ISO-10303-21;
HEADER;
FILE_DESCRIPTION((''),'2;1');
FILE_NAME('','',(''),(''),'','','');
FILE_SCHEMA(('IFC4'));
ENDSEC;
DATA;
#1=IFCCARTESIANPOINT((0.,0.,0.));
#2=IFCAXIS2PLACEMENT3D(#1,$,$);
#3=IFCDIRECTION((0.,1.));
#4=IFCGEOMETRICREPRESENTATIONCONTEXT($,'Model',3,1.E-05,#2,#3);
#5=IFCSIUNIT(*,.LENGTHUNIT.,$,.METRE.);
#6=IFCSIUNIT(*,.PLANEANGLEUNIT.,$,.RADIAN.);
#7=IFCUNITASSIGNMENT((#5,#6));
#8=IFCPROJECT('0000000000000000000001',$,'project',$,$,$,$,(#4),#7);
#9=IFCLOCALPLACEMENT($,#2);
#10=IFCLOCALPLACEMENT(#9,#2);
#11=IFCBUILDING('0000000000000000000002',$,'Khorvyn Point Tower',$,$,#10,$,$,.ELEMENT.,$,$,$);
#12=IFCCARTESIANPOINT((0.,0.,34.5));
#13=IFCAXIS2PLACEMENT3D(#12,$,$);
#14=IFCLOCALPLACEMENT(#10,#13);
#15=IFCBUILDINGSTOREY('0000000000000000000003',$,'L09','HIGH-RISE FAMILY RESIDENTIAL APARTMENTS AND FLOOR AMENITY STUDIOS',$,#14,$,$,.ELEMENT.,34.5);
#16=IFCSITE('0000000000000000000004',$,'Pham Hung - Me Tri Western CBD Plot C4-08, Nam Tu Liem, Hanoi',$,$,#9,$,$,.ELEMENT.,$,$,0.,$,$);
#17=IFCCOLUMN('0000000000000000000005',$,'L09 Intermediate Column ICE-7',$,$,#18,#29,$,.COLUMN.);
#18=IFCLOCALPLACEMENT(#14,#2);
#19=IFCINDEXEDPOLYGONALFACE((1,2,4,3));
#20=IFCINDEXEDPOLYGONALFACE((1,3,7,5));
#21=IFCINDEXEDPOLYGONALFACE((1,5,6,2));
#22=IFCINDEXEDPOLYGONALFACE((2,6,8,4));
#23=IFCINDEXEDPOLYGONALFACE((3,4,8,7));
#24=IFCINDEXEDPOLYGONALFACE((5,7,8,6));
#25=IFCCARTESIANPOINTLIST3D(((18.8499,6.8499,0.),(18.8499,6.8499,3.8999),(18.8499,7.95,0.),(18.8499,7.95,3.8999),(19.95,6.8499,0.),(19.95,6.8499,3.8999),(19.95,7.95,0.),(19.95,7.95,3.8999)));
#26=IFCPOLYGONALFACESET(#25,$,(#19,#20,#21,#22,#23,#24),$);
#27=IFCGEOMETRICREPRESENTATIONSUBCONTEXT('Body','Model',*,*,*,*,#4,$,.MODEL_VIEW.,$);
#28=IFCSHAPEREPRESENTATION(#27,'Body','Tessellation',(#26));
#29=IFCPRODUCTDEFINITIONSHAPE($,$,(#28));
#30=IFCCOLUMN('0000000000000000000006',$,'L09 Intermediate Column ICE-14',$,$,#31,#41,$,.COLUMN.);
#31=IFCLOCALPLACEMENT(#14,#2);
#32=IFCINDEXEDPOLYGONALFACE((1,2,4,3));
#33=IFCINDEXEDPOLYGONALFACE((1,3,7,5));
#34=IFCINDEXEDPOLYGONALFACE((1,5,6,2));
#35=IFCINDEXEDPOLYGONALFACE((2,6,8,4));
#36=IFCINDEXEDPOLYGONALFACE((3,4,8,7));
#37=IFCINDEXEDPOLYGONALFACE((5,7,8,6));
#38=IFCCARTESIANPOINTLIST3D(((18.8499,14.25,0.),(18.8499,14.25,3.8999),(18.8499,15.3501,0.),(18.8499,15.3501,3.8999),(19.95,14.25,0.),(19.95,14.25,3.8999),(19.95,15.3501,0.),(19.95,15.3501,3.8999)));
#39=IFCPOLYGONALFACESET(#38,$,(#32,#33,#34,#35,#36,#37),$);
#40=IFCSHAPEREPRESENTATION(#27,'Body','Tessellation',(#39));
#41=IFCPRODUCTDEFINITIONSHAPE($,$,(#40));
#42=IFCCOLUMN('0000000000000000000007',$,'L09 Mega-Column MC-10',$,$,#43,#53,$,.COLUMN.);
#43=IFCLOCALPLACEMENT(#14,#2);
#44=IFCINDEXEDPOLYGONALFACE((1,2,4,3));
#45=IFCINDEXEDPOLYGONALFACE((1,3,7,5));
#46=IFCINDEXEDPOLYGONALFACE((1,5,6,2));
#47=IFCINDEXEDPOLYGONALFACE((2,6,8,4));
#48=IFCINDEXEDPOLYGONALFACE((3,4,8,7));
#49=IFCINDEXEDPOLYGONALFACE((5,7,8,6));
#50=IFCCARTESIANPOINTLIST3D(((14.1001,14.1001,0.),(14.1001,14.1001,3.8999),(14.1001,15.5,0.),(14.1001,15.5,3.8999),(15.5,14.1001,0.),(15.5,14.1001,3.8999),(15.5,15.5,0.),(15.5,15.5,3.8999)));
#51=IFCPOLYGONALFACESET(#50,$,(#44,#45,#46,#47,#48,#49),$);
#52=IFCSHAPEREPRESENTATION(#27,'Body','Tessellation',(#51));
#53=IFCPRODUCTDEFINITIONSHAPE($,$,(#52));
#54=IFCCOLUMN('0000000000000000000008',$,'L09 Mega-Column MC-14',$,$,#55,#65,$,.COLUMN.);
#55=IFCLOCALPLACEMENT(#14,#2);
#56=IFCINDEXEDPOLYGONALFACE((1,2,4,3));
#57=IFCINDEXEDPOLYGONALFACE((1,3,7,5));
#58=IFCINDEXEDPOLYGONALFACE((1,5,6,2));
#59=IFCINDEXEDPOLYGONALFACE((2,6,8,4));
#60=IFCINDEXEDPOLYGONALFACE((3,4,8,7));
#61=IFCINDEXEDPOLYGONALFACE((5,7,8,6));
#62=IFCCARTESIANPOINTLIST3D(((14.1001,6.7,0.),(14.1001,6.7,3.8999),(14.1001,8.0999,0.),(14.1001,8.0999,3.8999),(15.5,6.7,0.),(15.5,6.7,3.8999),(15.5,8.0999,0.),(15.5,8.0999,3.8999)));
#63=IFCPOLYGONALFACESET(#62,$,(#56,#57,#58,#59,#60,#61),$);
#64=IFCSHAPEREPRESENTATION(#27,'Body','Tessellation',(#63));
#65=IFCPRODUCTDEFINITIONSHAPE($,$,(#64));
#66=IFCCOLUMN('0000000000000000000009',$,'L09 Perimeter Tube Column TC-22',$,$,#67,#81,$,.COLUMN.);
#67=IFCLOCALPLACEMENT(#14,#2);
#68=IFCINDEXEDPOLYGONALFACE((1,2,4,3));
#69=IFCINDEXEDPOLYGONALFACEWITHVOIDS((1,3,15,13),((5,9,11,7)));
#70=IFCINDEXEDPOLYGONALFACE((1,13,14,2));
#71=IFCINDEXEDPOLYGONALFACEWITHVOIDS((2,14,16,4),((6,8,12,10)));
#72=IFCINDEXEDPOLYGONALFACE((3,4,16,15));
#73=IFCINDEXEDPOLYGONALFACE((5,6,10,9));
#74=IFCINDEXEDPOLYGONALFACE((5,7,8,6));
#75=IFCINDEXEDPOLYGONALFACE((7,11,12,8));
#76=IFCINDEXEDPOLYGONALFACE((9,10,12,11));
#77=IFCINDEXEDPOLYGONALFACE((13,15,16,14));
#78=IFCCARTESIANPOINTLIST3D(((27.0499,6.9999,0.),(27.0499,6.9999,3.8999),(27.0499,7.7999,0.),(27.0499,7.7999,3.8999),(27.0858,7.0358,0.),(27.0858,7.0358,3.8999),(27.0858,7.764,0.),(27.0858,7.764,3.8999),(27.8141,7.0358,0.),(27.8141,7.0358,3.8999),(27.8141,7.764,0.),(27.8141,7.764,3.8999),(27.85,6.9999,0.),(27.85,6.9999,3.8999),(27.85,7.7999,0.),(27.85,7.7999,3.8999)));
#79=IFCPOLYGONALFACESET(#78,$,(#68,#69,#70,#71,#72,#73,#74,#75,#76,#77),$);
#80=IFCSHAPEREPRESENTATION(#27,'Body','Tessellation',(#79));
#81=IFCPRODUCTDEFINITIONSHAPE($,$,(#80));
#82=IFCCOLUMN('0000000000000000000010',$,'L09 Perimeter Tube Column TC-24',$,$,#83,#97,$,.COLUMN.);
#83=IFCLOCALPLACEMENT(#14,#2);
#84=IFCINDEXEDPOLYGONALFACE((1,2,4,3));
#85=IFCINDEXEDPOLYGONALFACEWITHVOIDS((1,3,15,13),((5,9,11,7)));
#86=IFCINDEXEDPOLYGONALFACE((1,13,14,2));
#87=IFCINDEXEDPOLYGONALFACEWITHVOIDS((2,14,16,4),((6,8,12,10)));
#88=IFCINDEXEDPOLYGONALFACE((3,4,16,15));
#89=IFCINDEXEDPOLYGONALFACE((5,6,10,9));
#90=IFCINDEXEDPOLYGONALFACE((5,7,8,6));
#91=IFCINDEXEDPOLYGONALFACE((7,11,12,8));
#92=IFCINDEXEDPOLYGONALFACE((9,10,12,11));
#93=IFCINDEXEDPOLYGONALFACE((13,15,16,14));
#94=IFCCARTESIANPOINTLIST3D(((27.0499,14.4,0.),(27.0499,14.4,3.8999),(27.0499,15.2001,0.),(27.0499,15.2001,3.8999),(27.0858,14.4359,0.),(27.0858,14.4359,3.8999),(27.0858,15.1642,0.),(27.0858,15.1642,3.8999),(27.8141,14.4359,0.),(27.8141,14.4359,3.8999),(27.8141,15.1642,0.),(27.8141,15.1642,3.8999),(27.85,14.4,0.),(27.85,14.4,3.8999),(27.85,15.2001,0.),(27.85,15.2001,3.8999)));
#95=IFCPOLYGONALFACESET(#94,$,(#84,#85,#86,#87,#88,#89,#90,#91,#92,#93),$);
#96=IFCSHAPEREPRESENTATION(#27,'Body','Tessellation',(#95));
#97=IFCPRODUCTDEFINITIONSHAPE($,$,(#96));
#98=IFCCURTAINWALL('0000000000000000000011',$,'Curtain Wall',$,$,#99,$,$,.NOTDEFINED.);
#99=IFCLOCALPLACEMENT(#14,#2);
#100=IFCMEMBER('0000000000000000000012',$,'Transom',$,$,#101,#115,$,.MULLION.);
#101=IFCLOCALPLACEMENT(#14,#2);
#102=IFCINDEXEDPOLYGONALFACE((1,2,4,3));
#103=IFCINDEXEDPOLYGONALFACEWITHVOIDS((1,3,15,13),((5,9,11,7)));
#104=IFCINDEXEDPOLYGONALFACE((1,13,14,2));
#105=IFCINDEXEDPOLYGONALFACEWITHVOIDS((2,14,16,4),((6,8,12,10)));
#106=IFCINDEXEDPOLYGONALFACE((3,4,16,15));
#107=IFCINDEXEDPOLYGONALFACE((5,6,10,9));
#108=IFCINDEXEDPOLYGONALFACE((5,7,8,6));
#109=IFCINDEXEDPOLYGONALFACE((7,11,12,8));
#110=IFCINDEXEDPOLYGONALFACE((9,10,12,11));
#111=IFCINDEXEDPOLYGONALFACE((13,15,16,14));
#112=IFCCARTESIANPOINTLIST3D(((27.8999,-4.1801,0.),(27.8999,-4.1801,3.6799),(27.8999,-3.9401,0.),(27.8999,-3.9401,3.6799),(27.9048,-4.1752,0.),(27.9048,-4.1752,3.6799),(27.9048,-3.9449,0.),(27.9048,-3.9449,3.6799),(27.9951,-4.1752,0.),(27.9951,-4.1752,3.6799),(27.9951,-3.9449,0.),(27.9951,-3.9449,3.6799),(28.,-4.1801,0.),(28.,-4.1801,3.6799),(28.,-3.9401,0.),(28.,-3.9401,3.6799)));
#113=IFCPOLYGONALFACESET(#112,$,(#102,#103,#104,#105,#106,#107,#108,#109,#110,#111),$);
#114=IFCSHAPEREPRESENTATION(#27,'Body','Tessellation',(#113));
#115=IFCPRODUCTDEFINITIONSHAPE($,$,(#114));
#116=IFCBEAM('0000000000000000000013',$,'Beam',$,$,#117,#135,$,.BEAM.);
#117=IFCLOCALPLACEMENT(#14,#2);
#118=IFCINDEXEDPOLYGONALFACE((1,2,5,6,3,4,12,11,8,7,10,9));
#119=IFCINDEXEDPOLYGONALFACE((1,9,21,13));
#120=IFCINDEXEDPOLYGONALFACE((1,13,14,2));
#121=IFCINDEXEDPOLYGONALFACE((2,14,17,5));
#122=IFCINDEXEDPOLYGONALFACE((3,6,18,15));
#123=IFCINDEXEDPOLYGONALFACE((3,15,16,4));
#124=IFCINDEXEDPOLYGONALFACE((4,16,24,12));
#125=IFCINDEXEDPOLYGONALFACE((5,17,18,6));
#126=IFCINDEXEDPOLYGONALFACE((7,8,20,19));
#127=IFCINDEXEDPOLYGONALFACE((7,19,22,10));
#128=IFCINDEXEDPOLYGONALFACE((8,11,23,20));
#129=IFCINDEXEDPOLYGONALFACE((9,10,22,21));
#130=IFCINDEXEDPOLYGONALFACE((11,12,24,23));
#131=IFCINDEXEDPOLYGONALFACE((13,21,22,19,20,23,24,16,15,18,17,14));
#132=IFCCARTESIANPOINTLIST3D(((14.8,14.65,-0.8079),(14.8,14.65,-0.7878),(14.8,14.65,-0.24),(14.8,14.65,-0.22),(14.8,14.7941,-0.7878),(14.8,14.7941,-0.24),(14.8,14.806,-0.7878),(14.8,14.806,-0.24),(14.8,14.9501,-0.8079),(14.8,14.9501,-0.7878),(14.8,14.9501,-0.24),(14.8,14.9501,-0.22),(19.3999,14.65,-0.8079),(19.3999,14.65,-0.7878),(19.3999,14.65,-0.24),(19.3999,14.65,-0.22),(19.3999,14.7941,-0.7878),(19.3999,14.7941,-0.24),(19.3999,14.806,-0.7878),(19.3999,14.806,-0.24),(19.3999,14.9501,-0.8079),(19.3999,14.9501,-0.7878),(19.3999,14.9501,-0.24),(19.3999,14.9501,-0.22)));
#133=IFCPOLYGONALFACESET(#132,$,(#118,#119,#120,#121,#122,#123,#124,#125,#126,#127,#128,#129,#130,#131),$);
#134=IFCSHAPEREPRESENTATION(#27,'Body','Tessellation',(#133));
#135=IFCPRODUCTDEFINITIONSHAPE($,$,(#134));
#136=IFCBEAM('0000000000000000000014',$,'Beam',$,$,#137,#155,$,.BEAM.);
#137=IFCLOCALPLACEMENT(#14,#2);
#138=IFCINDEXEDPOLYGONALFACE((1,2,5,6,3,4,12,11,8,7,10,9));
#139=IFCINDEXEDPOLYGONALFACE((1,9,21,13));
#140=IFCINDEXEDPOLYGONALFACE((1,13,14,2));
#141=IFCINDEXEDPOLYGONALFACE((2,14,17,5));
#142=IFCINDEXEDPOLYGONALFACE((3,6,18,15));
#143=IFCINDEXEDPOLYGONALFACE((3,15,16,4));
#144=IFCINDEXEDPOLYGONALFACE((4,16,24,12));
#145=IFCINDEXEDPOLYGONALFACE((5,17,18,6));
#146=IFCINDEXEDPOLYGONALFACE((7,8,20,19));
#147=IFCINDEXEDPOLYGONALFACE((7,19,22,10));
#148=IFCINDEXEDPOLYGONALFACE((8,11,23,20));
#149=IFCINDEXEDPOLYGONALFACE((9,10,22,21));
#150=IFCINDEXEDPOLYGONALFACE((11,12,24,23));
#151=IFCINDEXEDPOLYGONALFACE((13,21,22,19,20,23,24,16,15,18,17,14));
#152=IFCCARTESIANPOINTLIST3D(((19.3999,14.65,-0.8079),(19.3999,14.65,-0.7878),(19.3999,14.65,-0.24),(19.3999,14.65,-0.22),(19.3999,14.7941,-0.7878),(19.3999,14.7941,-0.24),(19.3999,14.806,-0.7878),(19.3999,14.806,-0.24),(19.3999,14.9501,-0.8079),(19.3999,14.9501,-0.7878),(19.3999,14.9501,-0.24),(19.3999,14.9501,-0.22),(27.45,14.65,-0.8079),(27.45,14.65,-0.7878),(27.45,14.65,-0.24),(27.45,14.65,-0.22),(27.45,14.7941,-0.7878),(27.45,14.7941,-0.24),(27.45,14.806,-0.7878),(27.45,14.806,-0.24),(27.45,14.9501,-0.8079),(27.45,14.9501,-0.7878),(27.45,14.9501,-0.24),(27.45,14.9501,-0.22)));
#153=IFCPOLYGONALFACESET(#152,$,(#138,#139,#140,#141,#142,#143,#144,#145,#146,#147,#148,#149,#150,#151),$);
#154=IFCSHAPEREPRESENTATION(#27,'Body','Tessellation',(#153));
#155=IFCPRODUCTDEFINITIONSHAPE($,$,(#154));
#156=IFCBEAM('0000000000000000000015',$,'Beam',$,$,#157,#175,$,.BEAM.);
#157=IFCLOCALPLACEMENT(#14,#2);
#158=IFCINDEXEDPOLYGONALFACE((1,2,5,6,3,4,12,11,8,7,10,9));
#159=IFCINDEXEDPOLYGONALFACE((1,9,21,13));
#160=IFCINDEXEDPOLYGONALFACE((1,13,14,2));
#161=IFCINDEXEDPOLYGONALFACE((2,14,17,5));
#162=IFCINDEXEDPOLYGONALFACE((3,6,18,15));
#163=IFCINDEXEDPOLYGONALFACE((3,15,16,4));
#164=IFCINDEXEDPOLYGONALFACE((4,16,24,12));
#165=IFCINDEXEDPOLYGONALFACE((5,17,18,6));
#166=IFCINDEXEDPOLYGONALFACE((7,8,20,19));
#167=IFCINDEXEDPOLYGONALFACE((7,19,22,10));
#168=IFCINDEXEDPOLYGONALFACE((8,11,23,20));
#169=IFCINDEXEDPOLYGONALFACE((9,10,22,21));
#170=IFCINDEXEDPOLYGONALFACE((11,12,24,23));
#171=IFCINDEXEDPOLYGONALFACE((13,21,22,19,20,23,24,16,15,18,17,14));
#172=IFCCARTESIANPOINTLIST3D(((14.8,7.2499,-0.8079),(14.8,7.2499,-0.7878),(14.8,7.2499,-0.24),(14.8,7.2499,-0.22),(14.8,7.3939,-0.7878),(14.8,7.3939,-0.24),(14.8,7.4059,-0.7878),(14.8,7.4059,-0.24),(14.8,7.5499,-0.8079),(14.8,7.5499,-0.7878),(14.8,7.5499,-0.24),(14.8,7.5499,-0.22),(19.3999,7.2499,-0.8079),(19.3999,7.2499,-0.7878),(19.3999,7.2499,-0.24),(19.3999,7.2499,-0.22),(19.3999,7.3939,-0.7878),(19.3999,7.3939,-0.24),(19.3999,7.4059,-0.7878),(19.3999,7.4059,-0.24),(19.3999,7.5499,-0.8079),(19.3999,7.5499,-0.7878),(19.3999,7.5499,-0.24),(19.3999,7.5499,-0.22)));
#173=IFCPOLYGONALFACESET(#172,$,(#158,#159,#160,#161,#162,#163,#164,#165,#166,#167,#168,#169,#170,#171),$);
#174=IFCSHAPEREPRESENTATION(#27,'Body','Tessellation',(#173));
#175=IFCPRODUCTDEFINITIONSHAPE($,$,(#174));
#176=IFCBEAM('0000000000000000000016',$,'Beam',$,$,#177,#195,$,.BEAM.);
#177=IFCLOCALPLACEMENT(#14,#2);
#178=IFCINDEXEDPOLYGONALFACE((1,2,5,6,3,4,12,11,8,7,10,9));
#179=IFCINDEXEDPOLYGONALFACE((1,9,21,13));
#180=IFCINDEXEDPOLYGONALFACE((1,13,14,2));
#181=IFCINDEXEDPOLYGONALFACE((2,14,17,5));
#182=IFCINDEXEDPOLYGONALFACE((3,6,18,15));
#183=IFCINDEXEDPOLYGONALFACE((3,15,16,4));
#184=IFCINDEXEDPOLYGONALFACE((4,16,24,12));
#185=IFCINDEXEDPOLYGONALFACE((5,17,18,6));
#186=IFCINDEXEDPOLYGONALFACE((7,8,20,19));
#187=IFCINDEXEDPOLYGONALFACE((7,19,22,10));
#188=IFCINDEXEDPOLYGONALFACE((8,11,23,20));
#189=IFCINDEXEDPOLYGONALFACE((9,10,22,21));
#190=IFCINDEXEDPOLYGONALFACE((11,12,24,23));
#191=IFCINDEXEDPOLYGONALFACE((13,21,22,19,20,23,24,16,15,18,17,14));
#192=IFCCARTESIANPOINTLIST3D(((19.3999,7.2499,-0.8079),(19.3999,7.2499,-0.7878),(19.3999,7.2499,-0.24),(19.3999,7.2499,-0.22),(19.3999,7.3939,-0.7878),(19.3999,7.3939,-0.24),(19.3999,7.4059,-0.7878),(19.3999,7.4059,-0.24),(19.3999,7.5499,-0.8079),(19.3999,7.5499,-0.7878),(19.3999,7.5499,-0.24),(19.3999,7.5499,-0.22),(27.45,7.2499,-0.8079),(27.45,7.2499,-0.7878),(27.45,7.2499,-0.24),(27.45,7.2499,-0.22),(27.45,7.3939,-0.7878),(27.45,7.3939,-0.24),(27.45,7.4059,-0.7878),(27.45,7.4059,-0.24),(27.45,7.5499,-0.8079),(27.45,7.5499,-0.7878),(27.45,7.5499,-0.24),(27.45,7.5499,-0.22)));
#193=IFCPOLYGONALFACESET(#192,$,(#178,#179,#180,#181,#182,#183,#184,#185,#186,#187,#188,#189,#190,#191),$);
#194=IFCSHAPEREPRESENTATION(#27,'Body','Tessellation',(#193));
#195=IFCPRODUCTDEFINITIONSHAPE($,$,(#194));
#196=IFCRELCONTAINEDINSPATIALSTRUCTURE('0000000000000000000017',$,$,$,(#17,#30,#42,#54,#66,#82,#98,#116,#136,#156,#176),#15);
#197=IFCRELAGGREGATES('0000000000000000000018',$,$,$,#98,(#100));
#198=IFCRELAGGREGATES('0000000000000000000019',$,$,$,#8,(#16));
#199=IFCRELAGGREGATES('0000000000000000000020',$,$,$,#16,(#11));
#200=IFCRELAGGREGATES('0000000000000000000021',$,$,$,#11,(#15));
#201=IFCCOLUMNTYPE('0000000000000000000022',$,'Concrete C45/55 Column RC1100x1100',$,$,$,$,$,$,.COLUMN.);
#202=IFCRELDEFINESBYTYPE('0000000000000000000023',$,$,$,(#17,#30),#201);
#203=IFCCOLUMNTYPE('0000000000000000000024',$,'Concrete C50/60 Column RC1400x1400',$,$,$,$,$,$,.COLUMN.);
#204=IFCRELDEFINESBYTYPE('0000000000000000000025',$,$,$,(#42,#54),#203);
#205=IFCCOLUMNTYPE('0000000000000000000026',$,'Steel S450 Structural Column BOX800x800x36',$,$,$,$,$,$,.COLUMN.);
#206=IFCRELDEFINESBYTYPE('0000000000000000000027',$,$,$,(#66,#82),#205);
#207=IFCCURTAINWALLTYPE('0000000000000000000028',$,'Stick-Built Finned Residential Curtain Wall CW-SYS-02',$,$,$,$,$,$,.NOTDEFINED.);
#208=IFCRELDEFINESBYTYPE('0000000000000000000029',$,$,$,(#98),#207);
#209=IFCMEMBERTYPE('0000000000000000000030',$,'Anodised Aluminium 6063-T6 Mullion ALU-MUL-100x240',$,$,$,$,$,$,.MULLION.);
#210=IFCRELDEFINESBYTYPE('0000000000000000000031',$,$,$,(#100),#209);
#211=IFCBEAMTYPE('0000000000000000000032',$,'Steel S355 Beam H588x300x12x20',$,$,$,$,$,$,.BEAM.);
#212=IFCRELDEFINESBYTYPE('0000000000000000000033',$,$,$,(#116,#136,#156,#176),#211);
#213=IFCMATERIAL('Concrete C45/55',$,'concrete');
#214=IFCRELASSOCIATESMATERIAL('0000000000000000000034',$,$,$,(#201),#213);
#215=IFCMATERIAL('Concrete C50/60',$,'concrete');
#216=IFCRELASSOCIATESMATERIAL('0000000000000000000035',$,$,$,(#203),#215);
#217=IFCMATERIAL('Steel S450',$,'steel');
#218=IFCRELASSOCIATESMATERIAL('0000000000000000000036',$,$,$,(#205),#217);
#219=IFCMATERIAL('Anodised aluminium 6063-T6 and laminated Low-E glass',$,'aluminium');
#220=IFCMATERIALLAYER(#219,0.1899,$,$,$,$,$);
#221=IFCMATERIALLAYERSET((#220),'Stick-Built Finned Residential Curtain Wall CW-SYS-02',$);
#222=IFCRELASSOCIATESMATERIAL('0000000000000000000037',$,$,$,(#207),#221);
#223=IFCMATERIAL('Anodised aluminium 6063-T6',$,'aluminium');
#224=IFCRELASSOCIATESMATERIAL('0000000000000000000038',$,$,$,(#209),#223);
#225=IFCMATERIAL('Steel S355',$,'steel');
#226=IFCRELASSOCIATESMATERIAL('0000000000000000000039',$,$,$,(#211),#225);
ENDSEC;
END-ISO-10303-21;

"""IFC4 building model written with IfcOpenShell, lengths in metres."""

from ifc_helpers import new_model, si_unit, direction, frame, origin, origin_2d, place, context, subcontext, project, spatial, rectangle, hollow_rectangle, i_section, extrude, material, layer, layer_set, material_profile, profile_set, type_object, element, aggregate, save


model = new_model("IFC4")

# Units and contexts
model_context = context("Model", 3, precision=1e-05, world=origin(), true_north=direction((0.0, 1.0)))
body_context = subcontext(model_context, "Body", "Model", "MODEL_VIEW")
ifc_project = project(units=[si_unit("LENGTHUNIT", "METRE"), si_unit("PLANEANGLEUNIT", "RADIAN")], contexts=[model_context])

# Site, building, storey
site_placement = place(None, origin())
site = spatial("IfcSite", under=ifc_project, at=site_placement, Name="Pham Hung - Me Tri Western CBD Plot C4-08, Nam Tu Liem, Hanoi", CompositionType="ELEMENT", RefElevation=0.0)
building_placement = place(site_placement, origin())
building = spatial("IfcBuilding", under=site, at=building_placement, Name="Khorvyn Point Tower", CompositionType="ELEMENT")
storey_placement = place(building_placement, frame((0.0, 0.0, 34.5)))
storey = spatial("IfcBuildingStorey", under=building, at=storey_placement, Name="L09", Description="HIGH-RISE FAMILY RESIDENTIAL APARTMENTS AND FLOOR AMENITY STUDIOS", CompositionType="ELEMENT", Elevation=34.5)

# Columns
ifc_material_1 = material(Name="Concrete C45/55", Category="concrete")
ifc_material_profile_1 = material_profile(ifc_material_1, rectangle(XDim=1.1001, YDim=1.1001, at=origin_2d()))
ifc_profile_set_1 = profile_set([ifc_material_profile_1], Name="Concrete C45/55 RC1100x1100")
column_type_1 = type_object("IfcColumnType", Name="Concrete C45/55 Column RC1100x1100", PredefinedType="COLUMN", material=ifc_profile_set_1)
for number, where, z_axis, x_axis, name in (
    (1, (19.3999, 7.3999, 0.0), (0.0, 0.0, 1.0), (1.0, 0.0, 0.0), "L09 Intermediate Column ICE-7"),
    (2, (19.3999, 14.8, 0.0), (0.0, 0.0, 1.0), (1.0, 0.0, 0.0), "L09 Intermediate Column ICE-14"),
):
    element("IfcColumn", number, at=place(storey_placement, frame(where, z_axis=z_axis, x_axis=x_axis)), inside=storey, type_object=column_type_1, Name=name, PredefinedType="COLUMN", context=body_context, shape_type="SweptSolid", body=[
        extrude(rectangle(XDim=1.1001, YDim=1.1001, at=origin_2d()), origin(), (0.0, 0.0, 1.0), 3.8999),
    ])
ifc_material_2 = material(Name="Concrete C50/60", Category="concrete")
ifc_material_profile_2 = material_profile(ifc_material_2, rectangle(XDim=1.3999, YDim=1.3999, at=origin_2d()))
ifc_profile_set_2 = profile_set([ifc_material_profile_2], Name="Concrete C50/60 RC1400x1400")
column_type_2 = type_object("IfcColumnType", Name="Concrete C50/60 Column RC1400x1400", PredefinedType="COLUMN", material=ifc_profile_set_2)
for number, where, z_axis, x_axis, name in (
    (3, (14.8, 14.8, 0.0), (0.0, 0.0, 1.0), (1.0, 0.0, 0.0), "L09 Mega-Column MC-10"),
    (4, (14.8, 7.3999, 0.0), (0.0, 0.0, 1.0), (1.0, 0.0, 0.0), "L09 Mega-Column MC-14"),
):
    element("IfcColumn", number, at=place(storey_placement, frame(where, z_axis=z_axis, x_axis=x_axis)), inside=storey, type_object=column_type_2, Name=name, PredefinedType="COLUMN", context=body_context, shape_type="SweptSolid", body=[
        extrude(rectangle(XDim=1.3999, YDim=1.3999, at=origin_2d()), origin(), (0.0, 0.0, 1.0), 3.8999),
    ])
ifc_material_3 = material(Name="Steel S450", Category="steel")
ifc_material_profile_3 = material_profile(ifc_material_3, hollow_rectangle(XDim=0.8, YDim=0.8, WallThickness=0.0359, at=origin_2d()))
ifc_profile_set_3 = profile_set([ifc_material_profile_3], Name="Steel S450 BOX800x800x36")
column_type_3 = type_object("IfcColumnType", Name="Steel S450 Structural Column BOX800x800x36", PredefinedType="COLUMN", material=ifc_profile_set_3)
for number, where, z_axis, x_axis, name in (
    (5, (27.45, 7.3999, 0.0), (0.0, 0.0, 1.0), (1.0, 0.0, 0.0), "L09 Perimeter Tube Column TC-22"),
    (6, (27.45, 14.8, 0.0), (0.0, 0.0, 1.0), (1.0, 0.0, 0.0), "L09 Perimeter Tube Column TC-24"),
):
    element("IfcColumn", number, at=place(storey_placement, frame(where, z_axis=z_axis, x_axis=x_axis)), inside=storey, type_object=column_type_3, Name=name, PredefinedType="COLUMN", context=body_context, shape_type="SweptSolid", body=[
        extrude(hollow_rectangle(XDim=0.8, YDim=0.8, WallThickness=0.0359, at=origin_2d()), origin(), (0.0, 0.0, 1.0), 3.8999),
    ])

# Curtain wall, member
ifc_material_4 = material(Name="Anodised aluminium 6063-T6 and laminated Low-E glass", Category="aluminium")
ifc_layer_1 = layer(ifc_material_4, 0.1899)
ifc_layer_set_1 = layer_set([ifc_layer_1], Name="Stick-Built Finned Residential Curtain Wall CW-SYS-02")
curtain_wall_type = type_object("IfcCurtainWallType", Name="Stick-Built Finned Residential Curtain Wall CW-SYS-02", PredefinedType="NOTDEFINED", material=ifc_layer_set_1)
curtain_wall_placement = place(storey_placement, origin())
curtain_wall = element("IfcCurtainWall", 7, at=curtain_wall_placement, inside=storey, type_object=curtain_wall_type, Name="Curtain Wall", PredefinedType="NOTDEFINED")
ifc_material_5 = material(Name="Anodised aluminium 6063-T6", Category="aluminium")
ifc_material_profile_4 = material_profile(ifc_material_5, hollow_rectangle(XDim=0.1001, YDim=0.24, WallThickness=0.0049, at=origin_2d()))
ifc_profile_set_4 = profile_set([ifc_material_profile_4], Name="Anodised aluminium 6063-T6 ALU-MUL-100x240")
member_type = type_object("IfcMemberType", Name="Anodised Aluminium 6063-T6 Mullion ALU-MUL-100x240", PredefinedType="MULLION", material=ifc_profile_set_4)
member_placement = place(storey_placement, frame((27.95, -4.0601, 0.0), z_axis=(0.0, 0.0, 1.0), x_axis=(1.0, 0.0, 0.0)))
member = element("IfcMember", 8, at=member_placement, type_object=member_type, Name="Transom", PredefinedType="MULLION", context=body_context, shape_type="SweptSolid", body=[
    extrude(hollow_rectangle(XDim=0.1001, YDim=0.24, WallThickness=0.0049, at=origin_2d()), origin(), (0.0, 0.0, 1.0), 3.6799),
])

# Beams
ifc_material_6 = material(Name="Steel S355", Category="steel")
ifc_material_profile_5 = material_profile(ifc_material_6, i_section(OverallWidth=0.3, OverallDepth=0.5879, WebThickness=0.012, FlangeThickness=0.02, at=origin_2d()))
ifc_profile_set_5 = profile_set([ifc_material_profile_5], Name="Steel S355 H588x300x12x20")
beam_type_1 = type_object("IfcBeamType", Name="Steel S355 Beam H588x300x12x20", PredefinedType="BEAM", material=ifc_profile_set_5)
beam_1_placement = place(storey_placement, frame((14.8, 14.8, -0.5139), z_axis=(1.0, 0.0, 0.0), x_axis=(0.0, 1.0, 0.0)))
element("IfcBeam", 9, at=beam_1_placement, inside=storey, type_object=beam_type_1, Name="Beam", PredefinedType="BEAM", context=body_context, shape_type="SweptSolid", body=[
    extrude(i_section(OverallWidth=0.3, OverallDepth=0.5879, WebThickness=0.012, FlangeThickness=0.02, at=origin_2d()), origin(), (0.0, 0.0, 1.0), 4.5999),
])
beam_2_placement = place(storey_placement, frame((19.3999, 14.8, -0.5139), z_axis=(1.0, 0.0, 0.0), x_axis=(0.0, 1.0, 0.0)))
element("IfcBeam", 10, at=beam_2_placement, inside=storey, type_object=beam_type_1, Name="Beam", PredefinedType="BEAM", context=body_context, shape_type="SweptSolid", body=[
    extrude(i_section(OverallWidth=0.3, OverallDepth=0.5879, WebThickness=0.012, FlangeThickness=0.02, at=origin_2d()), origin(), (0.0, 0.0, 1.0), 8.05),
])
beam_3_placement = place(storey_placement, frame((14.8, 7.3999, -0.5139), z_axis=(1.0, 0.0, 0.0), x_axis=(0.0, 1.0, 0.0)))
element("IfcBeam", 11, at=beam_3_placement, inside=storey, type_object=beam_type_1, Name="Beam", PredefinedType="BEAM", context=body_context, shape_type="SweptSolid", body=[
    extrude(i_section(OverallWidth=0.3, OverallDepth=0.5879, WebThickness=0.012, FlangeThickness=0.02, at=origin_2d()), origin(), (0.0, 0.0, 1.0), 4.5999),
])
beam_4_placement = place(storey_placement, frame((19.3999, 7.3999, -0.5139), z_axis=(1.0, 0.0, 0.0), x_axis=(0.0, 1.0, 0.0)))
element("IfcBeam", 12, at=beam_4_placement, inside=storey, type_object=beam_type_1, Name="Beam", PredefinedType="BEAM", context=body_context, shape_type="SweptSolid", body=[
    extrude(i_section(OverallWidth=0.3, OverallDepth=0.5879, WebThickness=0.012, FlangeThickness=0.02, at=origin_2d()), origin(), (0.0, 0.0, 1.0), 8.05),
])

aggregate(curtain_wall, [member])

save(model, "model.ifc")
